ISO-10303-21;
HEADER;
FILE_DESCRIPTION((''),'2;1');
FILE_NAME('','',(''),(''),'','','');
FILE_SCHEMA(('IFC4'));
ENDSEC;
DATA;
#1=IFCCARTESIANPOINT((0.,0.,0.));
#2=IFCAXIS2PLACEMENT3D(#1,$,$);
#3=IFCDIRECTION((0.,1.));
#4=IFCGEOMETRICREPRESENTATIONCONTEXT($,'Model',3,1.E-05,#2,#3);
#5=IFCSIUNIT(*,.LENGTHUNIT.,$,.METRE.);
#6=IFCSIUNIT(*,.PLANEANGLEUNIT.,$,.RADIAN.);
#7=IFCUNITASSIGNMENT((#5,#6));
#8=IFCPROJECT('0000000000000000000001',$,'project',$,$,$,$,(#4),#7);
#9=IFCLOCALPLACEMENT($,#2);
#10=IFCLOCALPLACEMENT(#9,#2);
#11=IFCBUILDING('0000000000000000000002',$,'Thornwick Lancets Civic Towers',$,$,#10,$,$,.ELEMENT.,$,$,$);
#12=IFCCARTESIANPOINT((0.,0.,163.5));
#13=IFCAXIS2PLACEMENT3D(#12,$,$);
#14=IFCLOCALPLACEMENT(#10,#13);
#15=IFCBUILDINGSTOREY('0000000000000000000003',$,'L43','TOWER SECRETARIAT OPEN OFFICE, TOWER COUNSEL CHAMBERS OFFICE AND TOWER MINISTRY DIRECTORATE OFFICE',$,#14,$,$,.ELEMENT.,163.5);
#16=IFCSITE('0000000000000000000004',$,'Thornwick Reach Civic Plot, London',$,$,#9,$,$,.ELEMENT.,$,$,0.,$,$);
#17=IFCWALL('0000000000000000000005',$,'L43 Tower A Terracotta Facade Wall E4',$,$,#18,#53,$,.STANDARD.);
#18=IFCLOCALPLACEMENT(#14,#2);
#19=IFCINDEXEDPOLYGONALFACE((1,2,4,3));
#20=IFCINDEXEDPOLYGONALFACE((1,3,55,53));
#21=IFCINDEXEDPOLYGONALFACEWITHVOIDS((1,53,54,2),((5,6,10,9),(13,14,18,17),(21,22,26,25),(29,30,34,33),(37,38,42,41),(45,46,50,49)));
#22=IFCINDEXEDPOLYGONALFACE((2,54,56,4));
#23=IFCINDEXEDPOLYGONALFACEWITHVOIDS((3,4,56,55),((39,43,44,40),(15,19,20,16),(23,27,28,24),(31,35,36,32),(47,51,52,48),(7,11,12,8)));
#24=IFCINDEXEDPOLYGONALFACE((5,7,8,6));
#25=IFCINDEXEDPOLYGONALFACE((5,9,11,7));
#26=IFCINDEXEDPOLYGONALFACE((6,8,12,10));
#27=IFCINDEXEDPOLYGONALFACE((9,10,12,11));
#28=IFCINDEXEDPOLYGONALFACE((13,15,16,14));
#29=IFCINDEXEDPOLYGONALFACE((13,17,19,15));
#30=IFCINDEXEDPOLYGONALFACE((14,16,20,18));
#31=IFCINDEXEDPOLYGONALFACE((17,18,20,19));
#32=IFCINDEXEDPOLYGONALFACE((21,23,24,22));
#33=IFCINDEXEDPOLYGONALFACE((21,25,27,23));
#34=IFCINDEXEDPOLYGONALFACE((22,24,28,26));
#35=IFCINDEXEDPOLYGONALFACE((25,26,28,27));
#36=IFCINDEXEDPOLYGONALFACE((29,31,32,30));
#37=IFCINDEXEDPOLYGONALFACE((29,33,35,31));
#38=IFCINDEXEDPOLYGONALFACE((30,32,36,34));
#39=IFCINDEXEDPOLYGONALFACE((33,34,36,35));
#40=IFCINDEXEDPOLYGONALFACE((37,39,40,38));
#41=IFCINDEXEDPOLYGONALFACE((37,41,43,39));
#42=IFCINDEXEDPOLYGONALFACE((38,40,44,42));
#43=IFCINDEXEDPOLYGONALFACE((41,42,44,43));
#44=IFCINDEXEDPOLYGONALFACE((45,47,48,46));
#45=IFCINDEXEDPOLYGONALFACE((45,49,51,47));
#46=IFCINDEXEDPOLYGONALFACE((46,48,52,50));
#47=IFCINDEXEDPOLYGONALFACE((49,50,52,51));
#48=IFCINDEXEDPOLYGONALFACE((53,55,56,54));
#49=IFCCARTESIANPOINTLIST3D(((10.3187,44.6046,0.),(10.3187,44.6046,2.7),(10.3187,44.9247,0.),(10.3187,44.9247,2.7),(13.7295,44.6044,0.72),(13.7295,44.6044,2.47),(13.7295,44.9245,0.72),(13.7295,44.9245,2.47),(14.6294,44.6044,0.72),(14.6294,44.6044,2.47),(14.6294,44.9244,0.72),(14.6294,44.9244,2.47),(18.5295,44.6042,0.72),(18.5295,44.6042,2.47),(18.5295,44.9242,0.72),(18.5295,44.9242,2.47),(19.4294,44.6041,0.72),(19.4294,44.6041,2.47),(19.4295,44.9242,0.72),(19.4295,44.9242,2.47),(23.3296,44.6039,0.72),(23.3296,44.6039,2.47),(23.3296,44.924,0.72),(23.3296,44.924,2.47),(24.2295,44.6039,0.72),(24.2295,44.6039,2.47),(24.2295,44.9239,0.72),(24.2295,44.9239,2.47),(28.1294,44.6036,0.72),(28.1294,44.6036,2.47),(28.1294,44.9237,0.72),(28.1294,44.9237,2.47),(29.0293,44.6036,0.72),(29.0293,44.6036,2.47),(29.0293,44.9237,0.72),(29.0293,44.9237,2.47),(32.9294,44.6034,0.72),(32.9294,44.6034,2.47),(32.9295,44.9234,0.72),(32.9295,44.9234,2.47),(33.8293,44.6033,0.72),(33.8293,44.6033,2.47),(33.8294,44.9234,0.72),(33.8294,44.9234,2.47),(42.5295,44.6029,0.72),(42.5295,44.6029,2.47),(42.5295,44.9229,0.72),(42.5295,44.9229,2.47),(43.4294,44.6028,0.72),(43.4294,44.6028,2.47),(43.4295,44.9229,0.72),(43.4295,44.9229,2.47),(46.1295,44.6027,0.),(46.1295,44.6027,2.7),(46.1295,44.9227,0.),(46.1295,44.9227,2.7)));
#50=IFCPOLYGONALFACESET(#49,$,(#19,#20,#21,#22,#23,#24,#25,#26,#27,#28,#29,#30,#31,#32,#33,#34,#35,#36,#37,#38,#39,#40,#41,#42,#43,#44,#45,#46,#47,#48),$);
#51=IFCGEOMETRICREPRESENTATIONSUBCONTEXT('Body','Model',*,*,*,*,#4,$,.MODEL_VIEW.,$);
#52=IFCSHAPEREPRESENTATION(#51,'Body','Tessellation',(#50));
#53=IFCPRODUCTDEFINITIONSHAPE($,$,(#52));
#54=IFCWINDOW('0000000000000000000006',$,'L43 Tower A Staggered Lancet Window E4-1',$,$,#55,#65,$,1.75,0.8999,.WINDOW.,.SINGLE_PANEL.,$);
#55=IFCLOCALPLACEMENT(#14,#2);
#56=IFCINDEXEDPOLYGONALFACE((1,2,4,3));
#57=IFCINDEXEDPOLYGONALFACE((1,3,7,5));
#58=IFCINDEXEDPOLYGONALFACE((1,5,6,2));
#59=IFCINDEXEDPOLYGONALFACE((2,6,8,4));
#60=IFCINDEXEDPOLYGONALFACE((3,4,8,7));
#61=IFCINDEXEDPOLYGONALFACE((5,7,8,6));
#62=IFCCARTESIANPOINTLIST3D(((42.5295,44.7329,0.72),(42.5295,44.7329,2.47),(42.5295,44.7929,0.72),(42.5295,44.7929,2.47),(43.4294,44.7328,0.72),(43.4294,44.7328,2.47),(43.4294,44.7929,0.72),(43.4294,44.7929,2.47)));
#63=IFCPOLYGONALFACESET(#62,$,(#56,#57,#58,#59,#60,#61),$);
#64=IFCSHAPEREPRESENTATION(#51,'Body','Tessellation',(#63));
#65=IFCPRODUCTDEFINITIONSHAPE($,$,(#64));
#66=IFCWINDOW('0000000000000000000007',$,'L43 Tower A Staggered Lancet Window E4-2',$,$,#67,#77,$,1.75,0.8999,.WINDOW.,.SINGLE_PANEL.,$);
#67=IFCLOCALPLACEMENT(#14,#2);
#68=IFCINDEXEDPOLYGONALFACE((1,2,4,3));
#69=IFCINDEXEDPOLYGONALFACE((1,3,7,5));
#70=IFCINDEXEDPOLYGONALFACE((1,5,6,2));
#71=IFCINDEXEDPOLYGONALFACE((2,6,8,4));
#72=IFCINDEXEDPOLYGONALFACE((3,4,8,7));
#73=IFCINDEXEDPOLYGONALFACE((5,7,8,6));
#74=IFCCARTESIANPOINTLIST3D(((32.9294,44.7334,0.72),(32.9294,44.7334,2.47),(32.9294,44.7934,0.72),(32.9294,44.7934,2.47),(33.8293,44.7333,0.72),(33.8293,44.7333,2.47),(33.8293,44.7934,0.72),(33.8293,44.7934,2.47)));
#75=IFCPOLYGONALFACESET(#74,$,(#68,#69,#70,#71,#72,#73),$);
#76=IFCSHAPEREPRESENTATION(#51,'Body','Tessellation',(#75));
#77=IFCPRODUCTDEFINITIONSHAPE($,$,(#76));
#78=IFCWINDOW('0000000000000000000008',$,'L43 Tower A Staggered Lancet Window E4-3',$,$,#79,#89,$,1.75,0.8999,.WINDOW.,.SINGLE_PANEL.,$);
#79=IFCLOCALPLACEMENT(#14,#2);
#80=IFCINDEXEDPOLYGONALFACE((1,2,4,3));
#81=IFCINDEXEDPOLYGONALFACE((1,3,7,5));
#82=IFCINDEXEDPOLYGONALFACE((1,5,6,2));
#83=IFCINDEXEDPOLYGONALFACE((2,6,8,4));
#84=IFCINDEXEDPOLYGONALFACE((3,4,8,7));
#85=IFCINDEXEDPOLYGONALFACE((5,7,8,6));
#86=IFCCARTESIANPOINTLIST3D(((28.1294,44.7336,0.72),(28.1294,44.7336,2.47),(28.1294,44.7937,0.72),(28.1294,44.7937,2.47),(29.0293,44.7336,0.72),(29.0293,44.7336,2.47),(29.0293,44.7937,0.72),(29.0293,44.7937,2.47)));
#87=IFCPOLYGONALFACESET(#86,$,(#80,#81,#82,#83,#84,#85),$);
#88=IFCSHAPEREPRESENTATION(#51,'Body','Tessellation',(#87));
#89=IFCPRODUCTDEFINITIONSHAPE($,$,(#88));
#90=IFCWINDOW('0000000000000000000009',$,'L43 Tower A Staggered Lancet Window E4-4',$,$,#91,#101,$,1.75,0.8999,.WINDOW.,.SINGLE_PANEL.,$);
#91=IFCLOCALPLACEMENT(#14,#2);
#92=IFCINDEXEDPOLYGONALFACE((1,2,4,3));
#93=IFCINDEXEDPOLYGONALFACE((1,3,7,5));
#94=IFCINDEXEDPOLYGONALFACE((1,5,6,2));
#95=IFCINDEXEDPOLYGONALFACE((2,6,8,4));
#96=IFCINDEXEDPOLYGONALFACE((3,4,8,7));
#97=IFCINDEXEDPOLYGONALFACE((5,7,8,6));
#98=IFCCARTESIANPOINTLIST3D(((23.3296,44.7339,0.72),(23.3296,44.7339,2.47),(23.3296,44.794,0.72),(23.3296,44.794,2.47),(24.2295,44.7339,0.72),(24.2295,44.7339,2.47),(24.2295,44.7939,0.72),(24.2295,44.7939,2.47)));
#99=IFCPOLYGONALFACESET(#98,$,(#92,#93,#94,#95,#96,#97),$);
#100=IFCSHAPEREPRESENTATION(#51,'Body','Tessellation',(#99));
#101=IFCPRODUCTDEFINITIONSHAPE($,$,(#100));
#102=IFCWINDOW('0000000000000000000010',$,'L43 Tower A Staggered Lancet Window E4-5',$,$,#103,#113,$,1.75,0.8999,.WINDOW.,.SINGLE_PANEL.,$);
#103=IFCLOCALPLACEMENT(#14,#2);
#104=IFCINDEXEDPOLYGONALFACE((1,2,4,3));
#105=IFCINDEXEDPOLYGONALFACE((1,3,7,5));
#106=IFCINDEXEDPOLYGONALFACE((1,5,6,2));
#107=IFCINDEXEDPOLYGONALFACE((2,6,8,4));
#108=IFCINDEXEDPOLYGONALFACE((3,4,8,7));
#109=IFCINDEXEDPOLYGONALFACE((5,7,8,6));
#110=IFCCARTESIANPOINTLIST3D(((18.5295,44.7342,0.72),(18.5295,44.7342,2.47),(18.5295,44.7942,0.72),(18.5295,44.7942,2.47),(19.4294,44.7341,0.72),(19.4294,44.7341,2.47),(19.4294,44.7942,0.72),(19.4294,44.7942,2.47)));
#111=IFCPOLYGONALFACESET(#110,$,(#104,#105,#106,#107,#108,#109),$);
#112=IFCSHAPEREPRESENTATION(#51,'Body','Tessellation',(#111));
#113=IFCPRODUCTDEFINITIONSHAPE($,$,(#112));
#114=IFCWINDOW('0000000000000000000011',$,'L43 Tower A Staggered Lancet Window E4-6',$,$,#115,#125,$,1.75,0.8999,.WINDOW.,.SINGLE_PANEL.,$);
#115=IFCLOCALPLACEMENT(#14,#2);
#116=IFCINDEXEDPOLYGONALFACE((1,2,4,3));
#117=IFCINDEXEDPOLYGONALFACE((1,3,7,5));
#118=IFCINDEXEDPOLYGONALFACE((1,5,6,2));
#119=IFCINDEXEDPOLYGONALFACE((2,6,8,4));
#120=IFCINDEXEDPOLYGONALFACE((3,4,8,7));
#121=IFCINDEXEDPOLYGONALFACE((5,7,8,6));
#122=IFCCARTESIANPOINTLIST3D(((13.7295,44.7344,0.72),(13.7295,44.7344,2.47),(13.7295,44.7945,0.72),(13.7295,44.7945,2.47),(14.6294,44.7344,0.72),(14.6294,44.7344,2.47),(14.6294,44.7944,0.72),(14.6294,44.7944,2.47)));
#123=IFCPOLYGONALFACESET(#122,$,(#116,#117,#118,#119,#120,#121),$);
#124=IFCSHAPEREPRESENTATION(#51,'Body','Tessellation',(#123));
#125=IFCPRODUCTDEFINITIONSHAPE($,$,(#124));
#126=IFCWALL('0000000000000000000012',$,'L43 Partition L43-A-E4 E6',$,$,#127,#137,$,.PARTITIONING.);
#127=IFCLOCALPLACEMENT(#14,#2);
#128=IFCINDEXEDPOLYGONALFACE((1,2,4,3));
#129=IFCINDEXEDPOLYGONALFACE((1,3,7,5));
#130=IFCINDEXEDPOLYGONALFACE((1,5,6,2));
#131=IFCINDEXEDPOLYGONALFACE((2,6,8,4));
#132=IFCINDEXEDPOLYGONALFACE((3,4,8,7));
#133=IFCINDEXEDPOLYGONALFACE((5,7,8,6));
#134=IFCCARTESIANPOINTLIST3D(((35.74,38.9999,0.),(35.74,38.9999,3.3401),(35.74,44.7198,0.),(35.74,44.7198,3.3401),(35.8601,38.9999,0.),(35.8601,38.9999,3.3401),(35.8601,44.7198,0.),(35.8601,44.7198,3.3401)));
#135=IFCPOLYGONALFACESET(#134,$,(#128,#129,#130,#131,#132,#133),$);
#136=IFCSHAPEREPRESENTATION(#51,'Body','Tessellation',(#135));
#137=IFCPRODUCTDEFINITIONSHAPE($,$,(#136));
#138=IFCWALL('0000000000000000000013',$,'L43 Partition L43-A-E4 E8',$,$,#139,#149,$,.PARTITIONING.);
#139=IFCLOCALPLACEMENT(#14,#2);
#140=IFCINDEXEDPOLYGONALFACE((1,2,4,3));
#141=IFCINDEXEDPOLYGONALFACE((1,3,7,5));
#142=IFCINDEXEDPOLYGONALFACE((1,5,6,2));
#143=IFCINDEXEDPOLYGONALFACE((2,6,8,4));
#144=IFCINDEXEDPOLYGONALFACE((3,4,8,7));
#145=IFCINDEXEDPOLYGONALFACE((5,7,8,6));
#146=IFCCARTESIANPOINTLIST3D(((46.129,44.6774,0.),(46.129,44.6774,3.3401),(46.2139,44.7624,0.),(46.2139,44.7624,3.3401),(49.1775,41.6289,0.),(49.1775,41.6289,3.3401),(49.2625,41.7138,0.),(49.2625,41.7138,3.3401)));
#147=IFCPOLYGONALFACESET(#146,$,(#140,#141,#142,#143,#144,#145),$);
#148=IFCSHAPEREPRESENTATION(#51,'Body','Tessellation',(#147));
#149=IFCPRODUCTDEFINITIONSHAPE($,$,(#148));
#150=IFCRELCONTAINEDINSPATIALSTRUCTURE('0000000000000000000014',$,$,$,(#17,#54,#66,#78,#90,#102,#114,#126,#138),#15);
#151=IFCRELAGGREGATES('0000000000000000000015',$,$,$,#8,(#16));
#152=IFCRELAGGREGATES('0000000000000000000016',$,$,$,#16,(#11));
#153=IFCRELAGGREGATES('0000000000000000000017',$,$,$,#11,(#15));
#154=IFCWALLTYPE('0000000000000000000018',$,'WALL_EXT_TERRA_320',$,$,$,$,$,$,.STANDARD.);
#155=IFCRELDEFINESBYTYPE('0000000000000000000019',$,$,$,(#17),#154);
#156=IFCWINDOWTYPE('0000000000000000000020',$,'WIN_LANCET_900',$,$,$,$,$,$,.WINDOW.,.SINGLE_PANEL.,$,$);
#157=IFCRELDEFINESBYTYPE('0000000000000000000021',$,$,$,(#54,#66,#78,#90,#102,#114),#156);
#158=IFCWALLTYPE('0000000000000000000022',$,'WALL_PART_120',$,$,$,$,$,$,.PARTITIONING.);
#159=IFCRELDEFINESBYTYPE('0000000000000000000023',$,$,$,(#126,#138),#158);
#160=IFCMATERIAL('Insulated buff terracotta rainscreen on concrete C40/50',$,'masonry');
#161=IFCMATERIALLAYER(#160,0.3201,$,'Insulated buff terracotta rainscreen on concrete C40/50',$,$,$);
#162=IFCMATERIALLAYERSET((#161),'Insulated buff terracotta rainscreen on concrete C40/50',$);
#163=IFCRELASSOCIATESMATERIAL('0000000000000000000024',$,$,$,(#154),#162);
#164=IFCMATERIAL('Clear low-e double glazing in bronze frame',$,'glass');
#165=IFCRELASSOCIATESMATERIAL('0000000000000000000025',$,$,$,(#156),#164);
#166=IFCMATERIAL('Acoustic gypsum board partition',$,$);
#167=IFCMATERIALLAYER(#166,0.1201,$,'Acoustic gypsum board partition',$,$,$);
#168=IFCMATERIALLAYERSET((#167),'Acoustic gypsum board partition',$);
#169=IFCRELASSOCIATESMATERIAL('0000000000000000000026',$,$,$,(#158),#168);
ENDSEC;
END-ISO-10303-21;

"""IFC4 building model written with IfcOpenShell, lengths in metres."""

from ifc_helpers import new_model, si_unit, direction, frame, frame_2d, origin, place, context, subcontext, project, spatial, rectangle, extrude, material, layer, layer_set, type_object, element, fill, save


model = new_model("IFC4")

# Units and contexts
model_context = context("Model", 3, precision=1e-05, world=origin(), true_north=direction((0.0, 1.0)))
body_context = subcontext(model_context, "Body", "Model", "MODEL_VIEW")
ifc_project = project(units=[si_unit("LENGTHUNIT", "METRE"), si_unit("PLANEANGLEUNIT", "RADIAN")], contexts=[model_context])

# Site, building, storey
site_placement = place(None, origin())
site = spatial("IfcSite", under=ifc_project, at=site_placement, Name="Thornwick Reach Civic Plot, London", CompositionType="ELEMENT", RefElevation=0.0)
building_placement = place(site_placement, origin())
building = spatial("IfcBuilding", under=site, at=building_placement, Name="Thornwick Lancets Civic Towers", CompositionType="ELEMENT")
storey_placement = place(building_placement, frame((0.0, 0.0, 163.5)))
storey = spatial("IfcBuildingStorey", under=building, at=storey_placement, Name="L43", Description="TOWER SECRETARIAT OPEN OFFICE, TOWER COUNSEL CHAMBERS OFFICE AND TOWER MINISTRY DIRECTORATE OFFICE", CompositionType="ELEMENT", Elevation=163.5)

# Wall, openings, windows
ifc_material_1 = material(Name="Insulated buff terracotta rainscreen on concrete C40/50", Category="masonry")
ifc_layer_1 = layer(ifc_material_1, 0.3201, Name="Insulated buff terracotta rainscreen on concrete C40/50")
ifc_layer_set_1 = layer_set([ifc_layer_1], Name="Insulated buff terracotta rainscreen on concrete C40/50")
wall_type_1 = type_object("IfcWallType", Name="WALL_EXT_TERRA_320", PredefinedType="STANDARD", material=ifc_layer_set_1)
wall_1_placement = place(storey_placement, frame((46.1294, 44.7627, 0.0), z_axis=(0.0, 0.0, 1.0), x_axis=(-1.0, 0.000055, 0.0)))
wall_1 = element("IfcWall", 1, at=wall_1_placement, inside=storey, type_object=wall_type_1, Name="L43 Tower A Terracotta Facade Wall E4", PredefinedType="STANDARD", context=body_context, shape_type="SweptSolid", body=[
    extrude(rectangle(XDim=35.8108, YDim=0.3201, at=frame_2d((17.9053, 0.0))), origin(), (0.0, 0.0, 1.0), 2.7),
])
opening_1_placement = place(wall_1_placement, frame((2.7, 0.0, 0.72)))
opening_1 = element("IfcOpeningElement", 2, at=opening_1_placement, cuts=wall_1, PredefinedType="OPENING", context=body_context, shape_type="SweptSolid", body=[
    extrude(rectangle(XDim=0.8999, YDim=1.75, at=frame_2d((0.45, 0.875))), frame((0.0, 0.1699, 0.0), z_axis=(0.0, -1.0, 0.0), x_axis=(1.0, 0.0, 0.0)), (0.0, 0.0, 1.0), 0.3401),
])
opening_2_placement = place(wall_1_placement, frame((12.3, 0.0, 0.72)))
opening_2 = element("IfcOpeningElement", 3, at=opening_2_placement, cuts=wall_1, PredefinedType="OPENING", context=body_context, shape_type="SweptSolid", body=[
    extrude(rectangle(XDim=0.8999, YDim=1.75, at=frame_2d((0.45, 0.875))), frame((0.0, 0.1699, 0.0), z_axis=(0.0, -1.0, 0.0), x_axis=(1.0, 0.0, 0.0)), (0.0, 0.0, 1.0), 0.3401),
])
opening_3_placement = place(wall_1_placement, frame((17.1001, 0.0, 0.72)))
opening_3 = element("IfcOpeningElement", 4, at=opening_3_placement, cuts=wall_1, PredefinedType="OPENING", context=body_context, shape_type="SweptSolid", body=[
    extrude(rectangle(XDim=0.8999, YDim=1.75, at=frame_2d((0.45, 0.875))), frame((0.0, 0.1699, 0.0), z_axis=(0.0, -1.0, 0.0), x_axis=(1.0, 0.0, 0.0)), (0.0, 0.0, 1.0), 0.3401),
])
opening_4_placement = place(wall_1_placement, frame((21.8999, 0.0, 0.72)))
opening_4 = element("IfcOpeningElement", 5, at=opening_4_placement, cuts=wall_1, PredefinedType="OPENING", context=body_context, shape_type="SweptSolid", body=[
    extrude(rectangle(XDim=0.8999, YDim=1.75, at=frame_2d((0.45, 0.875))), frame((0.0, 0.1699, 0.0), z_axis=(0.0, -1.0, 0.0), x_axis=(1.0, 0.0, 0.0)), (0.0, 0.0, 1.0), 0.3401),
])
opening_5_placement = place(wall_1_placement, frame((26.7, 0.0, 0.72)))
opening_5 = element("IfcOpeningElement", 6, at=opening_5_placement, cuts=wall_1, PredefinedType="OPENING", context=body_context, shape_type="SweptSolid", body=[
    extrude(rectangle(XDim=0.8999, YDim=1.75, at=frame_2d((0.45, 0.875))), frame((0.0, 0.1699, 0.0), z_axis=(0.0, -1.0, 0.0), x_axis=(1.0, 0.0, 0.0)), (0.0, 0.0, 1.0), 0.3401),
])
opening_6_placement = place(wall_1_placement, frame((31.5, 0.0, 0.72)))
opening_6 = element("IfcOpeningElement", 7, at=opening_6_placement, cuts=wall_1, PredefinedType="OPENING", context=body_context, shape_type="SweptSolid", body=[
    extrude(rectangle(XDim=0.8999, YDim=1.75, at=frame_2d((0.45, 0.875))), frame((0.0, 0.1699, 0.0), z_axis=(0.0, -1.0, 0.0), x_axis=(1.0, 0.0, 0.0)), (0.0, 0.0, 1.0), 0.3401),
])
ifc_material_2 = material(Name="Clear low-e double glazing in bronze frame", Category="glass")
window_type = type_object("IfcWindowType", Name="WIN_LANCET_900", PartitioningType="SINGLE_PANEL", PredefinedType="WINDOW", material=ifc_material_2)
window_1_placement = place(opening_1_placement, origin())
window_1 = element("IfcWindow", 8, at=window_1_placement, inside=storey, type_object=window_type, Name="L43 Tower A Staggered Lancet Window E4-1", OverallHeight=1.75, OverallWidth=0.8999, PartitioningType="SINGLE_PANEL", PredefinedType="WINDOW", context=body_context, shape_type="SweptSolid", body=[
    extrude(rectangle(XDim=0.8999, YDim=1.75, at=frame_2d((0.45, 0.875))), frame((0.0, 0.03, 0.0), z_axis=(0.0, -1.0, 0.0), x_axis=(1.0, 0.0, 0.0)), (0.0, 0.0, 1.0), 0.0601),
])
fill(opening_1, window_1)
window_2_placement = place(opening_2_placement, origin())
window_2 = element("IfcWindow", 9, at=window_2_placement, inside=storey, type_object=window_type, Name="L43 Tower A Staggered Lancet Window E4-2", OverallHeight=1.75, OverallWidth=0.8999, PartitioningType="SINGLE_PANEL", PredefinedType="WINDOW", context=body_context, shape_type="SweptSolid", body=[
    extrude(rectangle(XDim=0.8999, YDim=1.75, at=frame_2d((0.45, 0.875))), frame((0.0, 0.03, 0.0), z_axis=(0.0, -1.0, 0.0), x_axis=(1.0, 0.0, 0.0)), (0.0, 0.0, 1.0), 0.0601),
])
fill(opening_2, window_2)
window_3_placement = place(opening_3_placement, origin())
window_3 = element("IfcWindow", 10, at=window_3_placement, inside=storey, type_object=window_type, Name="L43 Tower A Staggered Lancet Window E4-3", OverallHeight=1.75, OverallWidth=0.8999, PartitioningType="SINGLE_PANEL", PredefinedType="WINDOW", context=body_context, shape_type="SweptSolid", body=[
    extrude(rectangle(XDim=0.8999, YDim=1.75, at=frame_2d((0.45, 0.875))), frame((0.0, 0.03, 0.0), z_axis=(0.0, -1.0, 0.0), x_axis=(1.0, 0.0, 0.0)), (0.0, 0.0, 1.0), 0.0601),
])
fill(opening_3, window_3)
window_4_placement = place(opening_4_placement, origin())
window_4 = element("IfcWindow", 11, at=window_4_placement, inside=storey, type_object=window_type, Name="L43 Tower A Staggered Lancet Window E4-4", OverallHeight=1.75, OverallWidth=0.8999, PartitioningType="SINGLE_PANEL", PredefinedType="WINDOW", context=body_context, shape_type="SweptSolid", body=[
    extrude(rectangle(XDim=0.8999, YDim=1.75, at=frame_2d((0.45, 0.875))), frame((0.0, 0.03, 0.0), z_axis=(0.0, -1.0, 0.0), x_axis=(1.0, 0.0, 0.0)), (0.0, 0.0, 1.0), 0.0601),
])
fill(opening_4, window_4)
window_5_placement = place(opening_5_placement, origin())
window_5 = element("IfcWindow", 12, at=window_5_placement, inside=storey, type_object=window_type, Name="L43 Tower A Staggered Lancet Window E4-5", OverallHeight=1.75, OverallWidth=0.8999, PartitioningType="SINGLE_PANEL", PredefinedType="WINDOW", context=body_context, shape_type="SweptSolid", body=[
    extrude(rectangle(XDim=0.8999, YDim=1.75, at=frame_2d((0.45, 0.875))), frame((0.0, 0.03, 0.0), z_axis=(0.0, -1.0, 0.0), x_axis=(1.0, 0.0, 0.0)), (0.0, 0.0, 1.0), 0.0601),
])
fill(opening_5, window_5)
window_6_placement = place(opening_6_placement, origin())
window_6 = element("IfcWindow", 13, at=window_6_placement, inside=storey, type_object=window_type, Name="L43 Tower A Staggered Lancet Window E4-6", OverallHeight=1.75, OverallWidth=0.8999, PartitioningType="SINGLE_PANEL", PredefinedType="WINDOW", context=body_context, shape_type="SweptSolid", body=[
    extrude(rectangle(XDim=0.8999, YDim=1.75, at=frame_2d((0.45, 0.875))), frame((0.0, 0.03, 0.0), z_axis=(0.0, -1.0, 0.0), x_axis=(1.0, 0.0, 0.0)), (0.0, 0.0, 1.0), 0.0601),
])
fill(opening_6, window_6)

# Walls
ifc_material_3 = material(Name="Acoustic gypsum board partition")
ifc_layer_2 = layer(ifc_material_3, 0.1201, Name="Acoustic gypsum board partition")
ifc_layer_set_2 = layer_set([ifc_layer_2], Name="Acoustic gypsum board partition")
wall_type_2 = type_object("IfcWallType", Name="WALL_PART_120", PredefinedType="PARTITIONING", material=ifc_layer_set_2)
wall_2_placement = place(storey_placement, frame((35.8, 39.0, 0.0), z_axis=(0.0, 0.0, 1.0), x_axis=(0.0, 1.0, 0.0)))
element("IfcWall", 14, at=wall_2_placement, inside=storey, type_object=wall_type_2, Name="L43 Partition L43-A-E4 E6", PredefinedType="PARTITIONING", context=body_context, shape_type="SweptSolid", body=[
    extrude(rectangle(XDim=5.72, YDim=0.1201, at=frame_2d((2.8599, 0.0))), origin(), (0.0, 0.0, 1.0), 3.3401),
])
wall_3_placement = place(storey_placement, frame((46.1714, 44.72, 0.0), z_axis=(0.0, 0.0, 1.0), x_axis=(0.707107, -0.707107, 0.0)))
element("IfcWall", 15, at=wall_3_placement, inside=storey, type_object=wall_type_2, Name="L43 Partition L43-A-E4 E8", PredefinedType="PARTITIONING", context=body_context, shape_type="SweptSolid", body=[
    extrude(rectangle(XDim=4.3113, YDim=0.1201, at=frame_2d((2.1558, 0.0))), origin(), (0.0, 0.0, 1.0), 3.3401),
])

save(model, "model.ifc")
